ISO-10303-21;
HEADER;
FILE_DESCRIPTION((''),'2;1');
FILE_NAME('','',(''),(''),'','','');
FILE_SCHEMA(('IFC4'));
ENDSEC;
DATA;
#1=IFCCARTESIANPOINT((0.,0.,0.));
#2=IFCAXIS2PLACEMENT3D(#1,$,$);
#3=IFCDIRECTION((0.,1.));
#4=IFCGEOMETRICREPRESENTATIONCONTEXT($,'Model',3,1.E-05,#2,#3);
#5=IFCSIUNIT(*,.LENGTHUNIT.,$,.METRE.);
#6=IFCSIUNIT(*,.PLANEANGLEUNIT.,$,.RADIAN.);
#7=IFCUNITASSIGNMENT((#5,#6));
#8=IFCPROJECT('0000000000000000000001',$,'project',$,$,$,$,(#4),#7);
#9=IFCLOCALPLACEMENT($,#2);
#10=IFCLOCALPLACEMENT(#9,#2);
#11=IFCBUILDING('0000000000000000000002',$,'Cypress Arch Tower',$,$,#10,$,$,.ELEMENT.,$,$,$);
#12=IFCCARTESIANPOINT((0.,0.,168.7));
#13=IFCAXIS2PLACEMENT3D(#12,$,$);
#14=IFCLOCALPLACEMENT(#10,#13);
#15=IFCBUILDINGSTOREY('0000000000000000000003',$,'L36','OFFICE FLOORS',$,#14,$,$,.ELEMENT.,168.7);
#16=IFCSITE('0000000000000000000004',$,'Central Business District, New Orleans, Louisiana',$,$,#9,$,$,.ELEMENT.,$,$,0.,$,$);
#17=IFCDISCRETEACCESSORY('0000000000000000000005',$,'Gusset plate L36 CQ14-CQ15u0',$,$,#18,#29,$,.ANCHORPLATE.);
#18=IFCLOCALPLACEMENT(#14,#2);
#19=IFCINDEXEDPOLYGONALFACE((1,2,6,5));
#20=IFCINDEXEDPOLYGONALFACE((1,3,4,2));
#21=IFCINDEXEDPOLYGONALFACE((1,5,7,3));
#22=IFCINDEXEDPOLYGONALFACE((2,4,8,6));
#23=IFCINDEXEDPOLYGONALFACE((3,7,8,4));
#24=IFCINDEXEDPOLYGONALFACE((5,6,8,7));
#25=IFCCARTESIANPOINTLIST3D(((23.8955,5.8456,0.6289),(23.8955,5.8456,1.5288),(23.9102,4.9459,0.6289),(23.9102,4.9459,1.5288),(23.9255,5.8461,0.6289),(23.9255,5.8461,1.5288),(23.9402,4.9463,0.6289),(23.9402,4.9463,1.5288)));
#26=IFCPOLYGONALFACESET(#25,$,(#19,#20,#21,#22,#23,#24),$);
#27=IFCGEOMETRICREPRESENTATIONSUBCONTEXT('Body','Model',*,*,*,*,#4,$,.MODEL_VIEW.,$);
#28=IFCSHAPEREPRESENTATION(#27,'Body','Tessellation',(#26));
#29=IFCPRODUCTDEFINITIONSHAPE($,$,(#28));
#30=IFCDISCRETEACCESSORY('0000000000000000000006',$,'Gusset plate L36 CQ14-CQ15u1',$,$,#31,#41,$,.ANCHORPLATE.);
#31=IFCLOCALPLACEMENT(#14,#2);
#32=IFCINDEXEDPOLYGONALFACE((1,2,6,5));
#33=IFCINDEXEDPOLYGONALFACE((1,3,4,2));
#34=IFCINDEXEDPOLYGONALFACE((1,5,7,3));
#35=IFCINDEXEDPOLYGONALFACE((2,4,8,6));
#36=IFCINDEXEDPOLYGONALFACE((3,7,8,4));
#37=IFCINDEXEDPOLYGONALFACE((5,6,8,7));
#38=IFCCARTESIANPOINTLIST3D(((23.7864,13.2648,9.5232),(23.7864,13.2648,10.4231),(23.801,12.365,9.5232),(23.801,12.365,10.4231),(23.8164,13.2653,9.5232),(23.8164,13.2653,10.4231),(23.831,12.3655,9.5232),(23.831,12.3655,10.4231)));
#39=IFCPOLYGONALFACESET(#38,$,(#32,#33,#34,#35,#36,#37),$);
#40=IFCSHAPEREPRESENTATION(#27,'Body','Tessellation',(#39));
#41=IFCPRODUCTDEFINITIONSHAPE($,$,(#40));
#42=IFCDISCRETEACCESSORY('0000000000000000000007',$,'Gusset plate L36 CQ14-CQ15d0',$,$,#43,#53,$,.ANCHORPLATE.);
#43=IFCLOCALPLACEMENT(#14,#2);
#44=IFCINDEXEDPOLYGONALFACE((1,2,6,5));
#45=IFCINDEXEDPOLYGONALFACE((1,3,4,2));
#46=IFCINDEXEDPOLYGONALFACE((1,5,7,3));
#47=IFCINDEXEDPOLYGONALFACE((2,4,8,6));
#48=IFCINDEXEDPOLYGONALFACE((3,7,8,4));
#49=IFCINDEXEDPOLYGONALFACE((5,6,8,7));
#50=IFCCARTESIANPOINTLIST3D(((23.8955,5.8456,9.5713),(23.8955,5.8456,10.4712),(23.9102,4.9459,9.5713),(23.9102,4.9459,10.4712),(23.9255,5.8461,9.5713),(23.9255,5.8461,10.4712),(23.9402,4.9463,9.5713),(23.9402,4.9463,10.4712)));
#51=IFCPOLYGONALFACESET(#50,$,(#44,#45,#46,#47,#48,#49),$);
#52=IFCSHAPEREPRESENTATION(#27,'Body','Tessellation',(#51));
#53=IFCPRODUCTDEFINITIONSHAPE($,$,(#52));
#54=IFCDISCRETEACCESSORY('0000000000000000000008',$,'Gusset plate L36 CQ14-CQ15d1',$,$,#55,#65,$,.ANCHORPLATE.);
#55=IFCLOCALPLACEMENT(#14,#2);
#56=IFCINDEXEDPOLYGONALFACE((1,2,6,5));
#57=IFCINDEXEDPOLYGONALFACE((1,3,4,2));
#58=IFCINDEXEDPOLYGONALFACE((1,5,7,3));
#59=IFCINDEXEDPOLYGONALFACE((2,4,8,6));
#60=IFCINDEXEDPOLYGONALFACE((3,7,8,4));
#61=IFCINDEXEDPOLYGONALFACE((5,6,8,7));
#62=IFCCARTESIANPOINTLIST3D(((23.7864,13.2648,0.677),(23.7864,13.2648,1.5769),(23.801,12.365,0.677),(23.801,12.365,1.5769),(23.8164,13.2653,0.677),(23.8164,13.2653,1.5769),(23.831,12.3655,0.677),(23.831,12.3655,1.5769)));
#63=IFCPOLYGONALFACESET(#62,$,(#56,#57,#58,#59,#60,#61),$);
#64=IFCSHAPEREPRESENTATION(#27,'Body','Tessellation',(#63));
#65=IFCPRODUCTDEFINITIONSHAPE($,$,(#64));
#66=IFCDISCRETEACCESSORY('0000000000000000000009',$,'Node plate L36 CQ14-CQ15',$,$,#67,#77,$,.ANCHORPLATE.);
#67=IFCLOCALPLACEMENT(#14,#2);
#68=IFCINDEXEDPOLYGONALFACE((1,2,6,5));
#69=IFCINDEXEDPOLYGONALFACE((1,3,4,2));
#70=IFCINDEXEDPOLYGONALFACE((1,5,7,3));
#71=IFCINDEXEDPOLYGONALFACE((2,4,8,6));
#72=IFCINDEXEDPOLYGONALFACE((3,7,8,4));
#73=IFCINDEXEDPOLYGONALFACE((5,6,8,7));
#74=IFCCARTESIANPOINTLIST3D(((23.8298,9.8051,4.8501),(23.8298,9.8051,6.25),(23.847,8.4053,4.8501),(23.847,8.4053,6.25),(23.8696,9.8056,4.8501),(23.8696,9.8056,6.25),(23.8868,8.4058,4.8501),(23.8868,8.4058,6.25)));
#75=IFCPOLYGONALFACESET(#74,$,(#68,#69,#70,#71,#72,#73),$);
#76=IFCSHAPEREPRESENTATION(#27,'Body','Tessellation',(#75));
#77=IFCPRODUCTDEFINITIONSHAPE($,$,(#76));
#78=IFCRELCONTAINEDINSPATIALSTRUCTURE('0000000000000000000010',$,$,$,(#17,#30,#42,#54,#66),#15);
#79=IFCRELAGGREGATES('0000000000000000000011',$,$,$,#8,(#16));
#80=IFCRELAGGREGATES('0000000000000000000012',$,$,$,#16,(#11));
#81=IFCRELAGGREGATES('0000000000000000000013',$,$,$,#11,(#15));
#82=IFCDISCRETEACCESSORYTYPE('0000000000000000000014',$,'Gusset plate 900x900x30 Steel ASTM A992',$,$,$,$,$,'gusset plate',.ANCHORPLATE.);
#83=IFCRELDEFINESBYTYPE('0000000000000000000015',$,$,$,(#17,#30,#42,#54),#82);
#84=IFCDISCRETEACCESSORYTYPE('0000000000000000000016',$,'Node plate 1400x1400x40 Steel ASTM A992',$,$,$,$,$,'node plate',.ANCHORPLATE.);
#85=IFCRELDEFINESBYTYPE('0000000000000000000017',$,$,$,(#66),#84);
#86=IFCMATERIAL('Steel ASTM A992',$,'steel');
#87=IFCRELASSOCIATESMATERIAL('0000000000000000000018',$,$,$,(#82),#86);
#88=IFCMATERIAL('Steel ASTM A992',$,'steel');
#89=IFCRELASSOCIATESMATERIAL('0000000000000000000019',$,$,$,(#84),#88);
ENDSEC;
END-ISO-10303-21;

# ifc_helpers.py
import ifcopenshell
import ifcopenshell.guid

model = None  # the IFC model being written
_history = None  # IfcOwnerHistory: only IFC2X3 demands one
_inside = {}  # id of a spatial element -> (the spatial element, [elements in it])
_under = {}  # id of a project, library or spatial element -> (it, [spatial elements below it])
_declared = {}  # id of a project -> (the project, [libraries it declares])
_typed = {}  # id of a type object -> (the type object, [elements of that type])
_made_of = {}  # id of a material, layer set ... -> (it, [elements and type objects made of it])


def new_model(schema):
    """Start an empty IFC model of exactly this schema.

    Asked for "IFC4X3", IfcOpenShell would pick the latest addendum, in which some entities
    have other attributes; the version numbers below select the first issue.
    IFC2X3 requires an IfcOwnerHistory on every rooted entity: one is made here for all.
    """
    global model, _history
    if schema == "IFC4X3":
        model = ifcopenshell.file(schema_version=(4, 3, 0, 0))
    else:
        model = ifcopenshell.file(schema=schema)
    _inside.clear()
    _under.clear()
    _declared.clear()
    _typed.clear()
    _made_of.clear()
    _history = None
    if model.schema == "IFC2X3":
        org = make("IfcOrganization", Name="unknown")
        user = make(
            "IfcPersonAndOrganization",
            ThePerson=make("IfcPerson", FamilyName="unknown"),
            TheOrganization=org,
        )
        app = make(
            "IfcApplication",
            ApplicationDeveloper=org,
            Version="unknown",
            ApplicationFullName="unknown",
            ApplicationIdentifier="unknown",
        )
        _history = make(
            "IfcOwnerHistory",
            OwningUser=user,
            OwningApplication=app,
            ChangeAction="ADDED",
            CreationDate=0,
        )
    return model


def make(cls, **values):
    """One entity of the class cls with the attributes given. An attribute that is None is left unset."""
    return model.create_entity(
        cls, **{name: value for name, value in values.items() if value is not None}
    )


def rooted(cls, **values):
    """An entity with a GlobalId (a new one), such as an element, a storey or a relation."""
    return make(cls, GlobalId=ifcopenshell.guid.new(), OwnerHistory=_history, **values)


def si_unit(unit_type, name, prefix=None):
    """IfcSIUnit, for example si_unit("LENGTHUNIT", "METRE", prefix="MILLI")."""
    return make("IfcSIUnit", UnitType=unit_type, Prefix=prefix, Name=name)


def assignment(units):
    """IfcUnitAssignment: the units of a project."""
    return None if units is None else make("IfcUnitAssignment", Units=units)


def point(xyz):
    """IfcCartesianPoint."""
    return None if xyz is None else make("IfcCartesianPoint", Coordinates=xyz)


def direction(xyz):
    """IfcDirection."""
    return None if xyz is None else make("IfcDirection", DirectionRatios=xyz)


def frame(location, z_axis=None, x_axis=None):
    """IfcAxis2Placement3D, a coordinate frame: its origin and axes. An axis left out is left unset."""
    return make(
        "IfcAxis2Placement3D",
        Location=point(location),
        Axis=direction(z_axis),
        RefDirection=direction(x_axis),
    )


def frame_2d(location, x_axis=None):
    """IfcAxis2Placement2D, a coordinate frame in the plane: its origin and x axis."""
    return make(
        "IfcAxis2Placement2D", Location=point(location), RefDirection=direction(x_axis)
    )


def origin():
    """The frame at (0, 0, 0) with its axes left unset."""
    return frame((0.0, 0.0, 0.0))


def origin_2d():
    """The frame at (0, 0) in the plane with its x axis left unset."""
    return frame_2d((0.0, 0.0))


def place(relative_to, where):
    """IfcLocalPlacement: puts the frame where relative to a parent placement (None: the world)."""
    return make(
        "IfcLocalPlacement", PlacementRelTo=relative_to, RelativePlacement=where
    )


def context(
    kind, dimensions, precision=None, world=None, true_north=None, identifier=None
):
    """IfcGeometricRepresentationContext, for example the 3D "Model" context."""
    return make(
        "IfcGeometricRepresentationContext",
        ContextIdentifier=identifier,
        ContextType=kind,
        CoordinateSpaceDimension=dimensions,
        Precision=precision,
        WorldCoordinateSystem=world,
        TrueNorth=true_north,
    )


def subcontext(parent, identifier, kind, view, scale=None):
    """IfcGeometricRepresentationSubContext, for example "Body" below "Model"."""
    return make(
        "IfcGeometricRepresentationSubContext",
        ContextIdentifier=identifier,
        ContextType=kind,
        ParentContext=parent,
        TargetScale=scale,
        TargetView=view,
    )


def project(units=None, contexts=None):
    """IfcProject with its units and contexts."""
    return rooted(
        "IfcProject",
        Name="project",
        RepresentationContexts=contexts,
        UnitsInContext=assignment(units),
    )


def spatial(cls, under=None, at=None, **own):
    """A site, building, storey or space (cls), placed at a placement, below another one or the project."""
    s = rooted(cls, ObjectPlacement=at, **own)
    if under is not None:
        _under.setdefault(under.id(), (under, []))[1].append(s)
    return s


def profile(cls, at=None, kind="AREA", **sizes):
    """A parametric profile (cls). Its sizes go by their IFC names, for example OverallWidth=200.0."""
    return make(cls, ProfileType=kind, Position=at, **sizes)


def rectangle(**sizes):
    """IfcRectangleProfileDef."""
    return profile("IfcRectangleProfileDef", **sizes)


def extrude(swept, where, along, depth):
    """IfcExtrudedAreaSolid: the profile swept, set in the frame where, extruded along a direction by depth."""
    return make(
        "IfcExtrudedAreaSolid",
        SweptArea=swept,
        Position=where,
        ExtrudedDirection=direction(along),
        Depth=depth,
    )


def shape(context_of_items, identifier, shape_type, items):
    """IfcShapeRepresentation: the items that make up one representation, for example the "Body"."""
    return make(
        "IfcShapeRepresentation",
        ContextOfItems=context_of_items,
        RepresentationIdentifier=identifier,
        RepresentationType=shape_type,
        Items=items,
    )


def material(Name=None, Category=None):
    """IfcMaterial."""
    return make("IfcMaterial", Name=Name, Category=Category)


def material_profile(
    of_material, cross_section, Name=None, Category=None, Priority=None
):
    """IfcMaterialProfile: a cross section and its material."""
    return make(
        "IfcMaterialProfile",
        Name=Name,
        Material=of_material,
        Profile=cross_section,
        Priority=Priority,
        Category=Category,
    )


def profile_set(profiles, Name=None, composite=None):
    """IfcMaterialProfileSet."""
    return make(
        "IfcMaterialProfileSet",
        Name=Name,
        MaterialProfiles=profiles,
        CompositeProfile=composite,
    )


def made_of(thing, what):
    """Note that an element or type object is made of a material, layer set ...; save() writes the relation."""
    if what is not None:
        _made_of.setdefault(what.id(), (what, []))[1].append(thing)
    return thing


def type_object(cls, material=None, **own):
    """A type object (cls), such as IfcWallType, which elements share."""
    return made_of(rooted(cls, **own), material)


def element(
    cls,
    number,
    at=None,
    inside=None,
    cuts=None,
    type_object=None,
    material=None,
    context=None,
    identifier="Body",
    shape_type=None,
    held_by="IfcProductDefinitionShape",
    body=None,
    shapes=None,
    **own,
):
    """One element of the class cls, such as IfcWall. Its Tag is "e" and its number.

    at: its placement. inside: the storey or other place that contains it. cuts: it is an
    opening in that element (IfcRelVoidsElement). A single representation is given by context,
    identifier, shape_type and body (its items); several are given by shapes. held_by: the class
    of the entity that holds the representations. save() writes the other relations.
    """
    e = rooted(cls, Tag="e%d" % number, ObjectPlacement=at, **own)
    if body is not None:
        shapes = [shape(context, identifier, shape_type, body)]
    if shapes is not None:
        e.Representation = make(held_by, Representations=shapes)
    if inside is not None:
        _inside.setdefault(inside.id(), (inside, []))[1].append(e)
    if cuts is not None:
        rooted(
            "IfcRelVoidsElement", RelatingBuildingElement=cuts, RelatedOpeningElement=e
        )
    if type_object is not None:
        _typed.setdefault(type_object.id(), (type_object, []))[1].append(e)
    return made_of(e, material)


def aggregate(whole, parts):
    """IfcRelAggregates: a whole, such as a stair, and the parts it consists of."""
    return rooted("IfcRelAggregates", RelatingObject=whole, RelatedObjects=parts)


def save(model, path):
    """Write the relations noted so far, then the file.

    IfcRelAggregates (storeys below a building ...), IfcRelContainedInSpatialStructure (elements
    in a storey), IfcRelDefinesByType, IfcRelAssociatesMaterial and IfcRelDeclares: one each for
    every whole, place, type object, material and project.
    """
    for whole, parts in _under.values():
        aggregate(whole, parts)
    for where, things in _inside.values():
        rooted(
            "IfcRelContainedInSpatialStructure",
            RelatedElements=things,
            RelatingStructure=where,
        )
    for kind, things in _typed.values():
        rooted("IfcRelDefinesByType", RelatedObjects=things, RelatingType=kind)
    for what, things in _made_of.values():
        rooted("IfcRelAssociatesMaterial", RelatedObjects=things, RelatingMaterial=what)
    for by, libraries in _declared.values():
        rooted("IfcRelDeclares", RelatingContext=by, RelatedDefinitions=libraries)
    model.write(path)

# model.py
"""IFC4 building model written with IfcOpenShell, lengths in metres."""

from ifc_helpers import new_model, si_unit, direction, frame, origin, origin_2d, place, context, subcontext, project, spatial, rectangle, extrude, material, material_profile, profile_set, type_object, element, save


model = new_model("IFC4")

# Units and contexts
model_context = context("Model", 3, precision=1e-05, world=origin(), true_north=direction((0.0, 1.0)))
body_context = subcontext(model_context, "Body", "Model", "MODEL_VIEW")
ifc_project = project(units=[si_unit("LENGTHUNIT", "METRE"), si_unit("PLANEANGLEUNIT", "RADIAN")], contexts=[model_context])

# Site, building, storey
site_placement = place(None, origin())
site = spatial("IfcSite", under=ifc_project, at=site_placement, Name="Central Business District, New Orleans, Louisiana", CompositionType="ELEMENT", RefElevation=0.0)
building_placement = place(site_placement, origin())
building = spatial("IfcBuilding", under=site, at=building_placement, Name="Cypress Arch Tower", CompositionType="ELEMENT")
storey_placement = place(building_placement, frame((0.0, 0.0, 168.7)))
storey = spatial("IfcBuildingStorey", under=building, at=storey_placement, Name="L36", Description="OFFICE FLOORS", CompositionType="ELEMENT", Elevation=168.7)

# Discrete accessories
ifc_material_1 = material(Name="Steel ASTM A992", Category="steel")
ifc_material_profile_1 = material_profile(ifc_material_1, rectangle(XDim=0.8999, YDim=0.8999, at=origin_2d()), Name="PL 30 900x900")
ifc_profile_set_1 = profile_set([ifc_material_profile_1], Name="Steel ASTM A992")
discrete_accessory_type_1 = type_object("IfcDiscreteAccessoryType", Name="Gusset plate 900x900x30 Steel ASTM A992", ElementType="gusset plate", PredefinedType="ANCHORPLATE", material=ifc_profile_set_1)
for number, where, z_axis, x_axis, name in (
    (1, (23.9329, 5.3962, 1.0789), (-0.999868, -0.016258, 0.0), (0.016258, -0.999868, 0.0), "Gusset plate L36 CQ14-CQ15u0"),
    (2, (23.8237, 12.8154, 9.9731), (-0.999868, -0.016258, 0.0), (0.016258, -0.999868, 0.0), "Gusset plate L36 CQ14-CQ15u1"),
    (3, (23.9329, 5.3962, 10.0212), (-0.999868, -0.016258, 0.0), (0.016258, -0.999868, 0.0), "Gusset plate L36 CQ14-CQ15d0"),
    (4, (23.8237, 12.8154, 1.127), (-0.999868, -0.016258, 0.0), (0.016258, -0.999868, 0.0), "Gusset plate L36 CQ14-CQ15d1"),
):
    element("IfcDiscreteAccessory", number, at=place(storey_placement, frame(where, z_axis=z_axis, x_axis=x_axis)), inside=storey, type_object=discrete_accessory_type_1, Name=name, PredefinedType="ANCHORPLATE", context=body_context, shape_type="SweptSolid", body=[
        extrude(rectangle(XDim=0.8999, YDim=0.8999, at=origin_2d()), origin(), (0.0, 0.0, 1.0), 0.03),
    ])
ifc_material_2 = material(Name="Steel ASTM A992", Category="steel")
ifc_material_profile_2 = material_profile(ifc_material_2, rectangle(XDim=1.3999, YDim=1.3999, at=origin_2d()), Name="PL 40 1400x1400")
ifc_profile_set_2 = profile_set([ifc_material_profile_2], Name="Steel ASTM A992")
discrete_accessory_type_2 = type_object("IfcDiscreteAccessoryType", Name="Node plate 1400x1400x40 Steel ASTM A992", ElementType="node plate", PredefinedType="ANCHORPLATE", material=ifc_profile_set_2)
discrete_accessory_placement = place(storey_placement, frame((23.8782, 9.1057, 5.55), z_axis=(-0.999925, -0.012269, 0.0), x_axis=(0.012269, -0.999925, 0.0)))
element("IfcDiscreteAccessory", 5, at=discrete_accessory_placement, inside=storey, type_object=discrete_accessory_type_2, Name="Node plate L36 CQ14-CQ15", PredefinedType="ANCHORPLATE", context=body_context, shape_type="SweptSolid", body=[
    extrude(rectangle(XDim=1.3999, YDim=1.3999, at=origin_2d()), origin(), (0.0, 0.0, 1.0), 0.0398),
])

save(model, "model.ifc")
